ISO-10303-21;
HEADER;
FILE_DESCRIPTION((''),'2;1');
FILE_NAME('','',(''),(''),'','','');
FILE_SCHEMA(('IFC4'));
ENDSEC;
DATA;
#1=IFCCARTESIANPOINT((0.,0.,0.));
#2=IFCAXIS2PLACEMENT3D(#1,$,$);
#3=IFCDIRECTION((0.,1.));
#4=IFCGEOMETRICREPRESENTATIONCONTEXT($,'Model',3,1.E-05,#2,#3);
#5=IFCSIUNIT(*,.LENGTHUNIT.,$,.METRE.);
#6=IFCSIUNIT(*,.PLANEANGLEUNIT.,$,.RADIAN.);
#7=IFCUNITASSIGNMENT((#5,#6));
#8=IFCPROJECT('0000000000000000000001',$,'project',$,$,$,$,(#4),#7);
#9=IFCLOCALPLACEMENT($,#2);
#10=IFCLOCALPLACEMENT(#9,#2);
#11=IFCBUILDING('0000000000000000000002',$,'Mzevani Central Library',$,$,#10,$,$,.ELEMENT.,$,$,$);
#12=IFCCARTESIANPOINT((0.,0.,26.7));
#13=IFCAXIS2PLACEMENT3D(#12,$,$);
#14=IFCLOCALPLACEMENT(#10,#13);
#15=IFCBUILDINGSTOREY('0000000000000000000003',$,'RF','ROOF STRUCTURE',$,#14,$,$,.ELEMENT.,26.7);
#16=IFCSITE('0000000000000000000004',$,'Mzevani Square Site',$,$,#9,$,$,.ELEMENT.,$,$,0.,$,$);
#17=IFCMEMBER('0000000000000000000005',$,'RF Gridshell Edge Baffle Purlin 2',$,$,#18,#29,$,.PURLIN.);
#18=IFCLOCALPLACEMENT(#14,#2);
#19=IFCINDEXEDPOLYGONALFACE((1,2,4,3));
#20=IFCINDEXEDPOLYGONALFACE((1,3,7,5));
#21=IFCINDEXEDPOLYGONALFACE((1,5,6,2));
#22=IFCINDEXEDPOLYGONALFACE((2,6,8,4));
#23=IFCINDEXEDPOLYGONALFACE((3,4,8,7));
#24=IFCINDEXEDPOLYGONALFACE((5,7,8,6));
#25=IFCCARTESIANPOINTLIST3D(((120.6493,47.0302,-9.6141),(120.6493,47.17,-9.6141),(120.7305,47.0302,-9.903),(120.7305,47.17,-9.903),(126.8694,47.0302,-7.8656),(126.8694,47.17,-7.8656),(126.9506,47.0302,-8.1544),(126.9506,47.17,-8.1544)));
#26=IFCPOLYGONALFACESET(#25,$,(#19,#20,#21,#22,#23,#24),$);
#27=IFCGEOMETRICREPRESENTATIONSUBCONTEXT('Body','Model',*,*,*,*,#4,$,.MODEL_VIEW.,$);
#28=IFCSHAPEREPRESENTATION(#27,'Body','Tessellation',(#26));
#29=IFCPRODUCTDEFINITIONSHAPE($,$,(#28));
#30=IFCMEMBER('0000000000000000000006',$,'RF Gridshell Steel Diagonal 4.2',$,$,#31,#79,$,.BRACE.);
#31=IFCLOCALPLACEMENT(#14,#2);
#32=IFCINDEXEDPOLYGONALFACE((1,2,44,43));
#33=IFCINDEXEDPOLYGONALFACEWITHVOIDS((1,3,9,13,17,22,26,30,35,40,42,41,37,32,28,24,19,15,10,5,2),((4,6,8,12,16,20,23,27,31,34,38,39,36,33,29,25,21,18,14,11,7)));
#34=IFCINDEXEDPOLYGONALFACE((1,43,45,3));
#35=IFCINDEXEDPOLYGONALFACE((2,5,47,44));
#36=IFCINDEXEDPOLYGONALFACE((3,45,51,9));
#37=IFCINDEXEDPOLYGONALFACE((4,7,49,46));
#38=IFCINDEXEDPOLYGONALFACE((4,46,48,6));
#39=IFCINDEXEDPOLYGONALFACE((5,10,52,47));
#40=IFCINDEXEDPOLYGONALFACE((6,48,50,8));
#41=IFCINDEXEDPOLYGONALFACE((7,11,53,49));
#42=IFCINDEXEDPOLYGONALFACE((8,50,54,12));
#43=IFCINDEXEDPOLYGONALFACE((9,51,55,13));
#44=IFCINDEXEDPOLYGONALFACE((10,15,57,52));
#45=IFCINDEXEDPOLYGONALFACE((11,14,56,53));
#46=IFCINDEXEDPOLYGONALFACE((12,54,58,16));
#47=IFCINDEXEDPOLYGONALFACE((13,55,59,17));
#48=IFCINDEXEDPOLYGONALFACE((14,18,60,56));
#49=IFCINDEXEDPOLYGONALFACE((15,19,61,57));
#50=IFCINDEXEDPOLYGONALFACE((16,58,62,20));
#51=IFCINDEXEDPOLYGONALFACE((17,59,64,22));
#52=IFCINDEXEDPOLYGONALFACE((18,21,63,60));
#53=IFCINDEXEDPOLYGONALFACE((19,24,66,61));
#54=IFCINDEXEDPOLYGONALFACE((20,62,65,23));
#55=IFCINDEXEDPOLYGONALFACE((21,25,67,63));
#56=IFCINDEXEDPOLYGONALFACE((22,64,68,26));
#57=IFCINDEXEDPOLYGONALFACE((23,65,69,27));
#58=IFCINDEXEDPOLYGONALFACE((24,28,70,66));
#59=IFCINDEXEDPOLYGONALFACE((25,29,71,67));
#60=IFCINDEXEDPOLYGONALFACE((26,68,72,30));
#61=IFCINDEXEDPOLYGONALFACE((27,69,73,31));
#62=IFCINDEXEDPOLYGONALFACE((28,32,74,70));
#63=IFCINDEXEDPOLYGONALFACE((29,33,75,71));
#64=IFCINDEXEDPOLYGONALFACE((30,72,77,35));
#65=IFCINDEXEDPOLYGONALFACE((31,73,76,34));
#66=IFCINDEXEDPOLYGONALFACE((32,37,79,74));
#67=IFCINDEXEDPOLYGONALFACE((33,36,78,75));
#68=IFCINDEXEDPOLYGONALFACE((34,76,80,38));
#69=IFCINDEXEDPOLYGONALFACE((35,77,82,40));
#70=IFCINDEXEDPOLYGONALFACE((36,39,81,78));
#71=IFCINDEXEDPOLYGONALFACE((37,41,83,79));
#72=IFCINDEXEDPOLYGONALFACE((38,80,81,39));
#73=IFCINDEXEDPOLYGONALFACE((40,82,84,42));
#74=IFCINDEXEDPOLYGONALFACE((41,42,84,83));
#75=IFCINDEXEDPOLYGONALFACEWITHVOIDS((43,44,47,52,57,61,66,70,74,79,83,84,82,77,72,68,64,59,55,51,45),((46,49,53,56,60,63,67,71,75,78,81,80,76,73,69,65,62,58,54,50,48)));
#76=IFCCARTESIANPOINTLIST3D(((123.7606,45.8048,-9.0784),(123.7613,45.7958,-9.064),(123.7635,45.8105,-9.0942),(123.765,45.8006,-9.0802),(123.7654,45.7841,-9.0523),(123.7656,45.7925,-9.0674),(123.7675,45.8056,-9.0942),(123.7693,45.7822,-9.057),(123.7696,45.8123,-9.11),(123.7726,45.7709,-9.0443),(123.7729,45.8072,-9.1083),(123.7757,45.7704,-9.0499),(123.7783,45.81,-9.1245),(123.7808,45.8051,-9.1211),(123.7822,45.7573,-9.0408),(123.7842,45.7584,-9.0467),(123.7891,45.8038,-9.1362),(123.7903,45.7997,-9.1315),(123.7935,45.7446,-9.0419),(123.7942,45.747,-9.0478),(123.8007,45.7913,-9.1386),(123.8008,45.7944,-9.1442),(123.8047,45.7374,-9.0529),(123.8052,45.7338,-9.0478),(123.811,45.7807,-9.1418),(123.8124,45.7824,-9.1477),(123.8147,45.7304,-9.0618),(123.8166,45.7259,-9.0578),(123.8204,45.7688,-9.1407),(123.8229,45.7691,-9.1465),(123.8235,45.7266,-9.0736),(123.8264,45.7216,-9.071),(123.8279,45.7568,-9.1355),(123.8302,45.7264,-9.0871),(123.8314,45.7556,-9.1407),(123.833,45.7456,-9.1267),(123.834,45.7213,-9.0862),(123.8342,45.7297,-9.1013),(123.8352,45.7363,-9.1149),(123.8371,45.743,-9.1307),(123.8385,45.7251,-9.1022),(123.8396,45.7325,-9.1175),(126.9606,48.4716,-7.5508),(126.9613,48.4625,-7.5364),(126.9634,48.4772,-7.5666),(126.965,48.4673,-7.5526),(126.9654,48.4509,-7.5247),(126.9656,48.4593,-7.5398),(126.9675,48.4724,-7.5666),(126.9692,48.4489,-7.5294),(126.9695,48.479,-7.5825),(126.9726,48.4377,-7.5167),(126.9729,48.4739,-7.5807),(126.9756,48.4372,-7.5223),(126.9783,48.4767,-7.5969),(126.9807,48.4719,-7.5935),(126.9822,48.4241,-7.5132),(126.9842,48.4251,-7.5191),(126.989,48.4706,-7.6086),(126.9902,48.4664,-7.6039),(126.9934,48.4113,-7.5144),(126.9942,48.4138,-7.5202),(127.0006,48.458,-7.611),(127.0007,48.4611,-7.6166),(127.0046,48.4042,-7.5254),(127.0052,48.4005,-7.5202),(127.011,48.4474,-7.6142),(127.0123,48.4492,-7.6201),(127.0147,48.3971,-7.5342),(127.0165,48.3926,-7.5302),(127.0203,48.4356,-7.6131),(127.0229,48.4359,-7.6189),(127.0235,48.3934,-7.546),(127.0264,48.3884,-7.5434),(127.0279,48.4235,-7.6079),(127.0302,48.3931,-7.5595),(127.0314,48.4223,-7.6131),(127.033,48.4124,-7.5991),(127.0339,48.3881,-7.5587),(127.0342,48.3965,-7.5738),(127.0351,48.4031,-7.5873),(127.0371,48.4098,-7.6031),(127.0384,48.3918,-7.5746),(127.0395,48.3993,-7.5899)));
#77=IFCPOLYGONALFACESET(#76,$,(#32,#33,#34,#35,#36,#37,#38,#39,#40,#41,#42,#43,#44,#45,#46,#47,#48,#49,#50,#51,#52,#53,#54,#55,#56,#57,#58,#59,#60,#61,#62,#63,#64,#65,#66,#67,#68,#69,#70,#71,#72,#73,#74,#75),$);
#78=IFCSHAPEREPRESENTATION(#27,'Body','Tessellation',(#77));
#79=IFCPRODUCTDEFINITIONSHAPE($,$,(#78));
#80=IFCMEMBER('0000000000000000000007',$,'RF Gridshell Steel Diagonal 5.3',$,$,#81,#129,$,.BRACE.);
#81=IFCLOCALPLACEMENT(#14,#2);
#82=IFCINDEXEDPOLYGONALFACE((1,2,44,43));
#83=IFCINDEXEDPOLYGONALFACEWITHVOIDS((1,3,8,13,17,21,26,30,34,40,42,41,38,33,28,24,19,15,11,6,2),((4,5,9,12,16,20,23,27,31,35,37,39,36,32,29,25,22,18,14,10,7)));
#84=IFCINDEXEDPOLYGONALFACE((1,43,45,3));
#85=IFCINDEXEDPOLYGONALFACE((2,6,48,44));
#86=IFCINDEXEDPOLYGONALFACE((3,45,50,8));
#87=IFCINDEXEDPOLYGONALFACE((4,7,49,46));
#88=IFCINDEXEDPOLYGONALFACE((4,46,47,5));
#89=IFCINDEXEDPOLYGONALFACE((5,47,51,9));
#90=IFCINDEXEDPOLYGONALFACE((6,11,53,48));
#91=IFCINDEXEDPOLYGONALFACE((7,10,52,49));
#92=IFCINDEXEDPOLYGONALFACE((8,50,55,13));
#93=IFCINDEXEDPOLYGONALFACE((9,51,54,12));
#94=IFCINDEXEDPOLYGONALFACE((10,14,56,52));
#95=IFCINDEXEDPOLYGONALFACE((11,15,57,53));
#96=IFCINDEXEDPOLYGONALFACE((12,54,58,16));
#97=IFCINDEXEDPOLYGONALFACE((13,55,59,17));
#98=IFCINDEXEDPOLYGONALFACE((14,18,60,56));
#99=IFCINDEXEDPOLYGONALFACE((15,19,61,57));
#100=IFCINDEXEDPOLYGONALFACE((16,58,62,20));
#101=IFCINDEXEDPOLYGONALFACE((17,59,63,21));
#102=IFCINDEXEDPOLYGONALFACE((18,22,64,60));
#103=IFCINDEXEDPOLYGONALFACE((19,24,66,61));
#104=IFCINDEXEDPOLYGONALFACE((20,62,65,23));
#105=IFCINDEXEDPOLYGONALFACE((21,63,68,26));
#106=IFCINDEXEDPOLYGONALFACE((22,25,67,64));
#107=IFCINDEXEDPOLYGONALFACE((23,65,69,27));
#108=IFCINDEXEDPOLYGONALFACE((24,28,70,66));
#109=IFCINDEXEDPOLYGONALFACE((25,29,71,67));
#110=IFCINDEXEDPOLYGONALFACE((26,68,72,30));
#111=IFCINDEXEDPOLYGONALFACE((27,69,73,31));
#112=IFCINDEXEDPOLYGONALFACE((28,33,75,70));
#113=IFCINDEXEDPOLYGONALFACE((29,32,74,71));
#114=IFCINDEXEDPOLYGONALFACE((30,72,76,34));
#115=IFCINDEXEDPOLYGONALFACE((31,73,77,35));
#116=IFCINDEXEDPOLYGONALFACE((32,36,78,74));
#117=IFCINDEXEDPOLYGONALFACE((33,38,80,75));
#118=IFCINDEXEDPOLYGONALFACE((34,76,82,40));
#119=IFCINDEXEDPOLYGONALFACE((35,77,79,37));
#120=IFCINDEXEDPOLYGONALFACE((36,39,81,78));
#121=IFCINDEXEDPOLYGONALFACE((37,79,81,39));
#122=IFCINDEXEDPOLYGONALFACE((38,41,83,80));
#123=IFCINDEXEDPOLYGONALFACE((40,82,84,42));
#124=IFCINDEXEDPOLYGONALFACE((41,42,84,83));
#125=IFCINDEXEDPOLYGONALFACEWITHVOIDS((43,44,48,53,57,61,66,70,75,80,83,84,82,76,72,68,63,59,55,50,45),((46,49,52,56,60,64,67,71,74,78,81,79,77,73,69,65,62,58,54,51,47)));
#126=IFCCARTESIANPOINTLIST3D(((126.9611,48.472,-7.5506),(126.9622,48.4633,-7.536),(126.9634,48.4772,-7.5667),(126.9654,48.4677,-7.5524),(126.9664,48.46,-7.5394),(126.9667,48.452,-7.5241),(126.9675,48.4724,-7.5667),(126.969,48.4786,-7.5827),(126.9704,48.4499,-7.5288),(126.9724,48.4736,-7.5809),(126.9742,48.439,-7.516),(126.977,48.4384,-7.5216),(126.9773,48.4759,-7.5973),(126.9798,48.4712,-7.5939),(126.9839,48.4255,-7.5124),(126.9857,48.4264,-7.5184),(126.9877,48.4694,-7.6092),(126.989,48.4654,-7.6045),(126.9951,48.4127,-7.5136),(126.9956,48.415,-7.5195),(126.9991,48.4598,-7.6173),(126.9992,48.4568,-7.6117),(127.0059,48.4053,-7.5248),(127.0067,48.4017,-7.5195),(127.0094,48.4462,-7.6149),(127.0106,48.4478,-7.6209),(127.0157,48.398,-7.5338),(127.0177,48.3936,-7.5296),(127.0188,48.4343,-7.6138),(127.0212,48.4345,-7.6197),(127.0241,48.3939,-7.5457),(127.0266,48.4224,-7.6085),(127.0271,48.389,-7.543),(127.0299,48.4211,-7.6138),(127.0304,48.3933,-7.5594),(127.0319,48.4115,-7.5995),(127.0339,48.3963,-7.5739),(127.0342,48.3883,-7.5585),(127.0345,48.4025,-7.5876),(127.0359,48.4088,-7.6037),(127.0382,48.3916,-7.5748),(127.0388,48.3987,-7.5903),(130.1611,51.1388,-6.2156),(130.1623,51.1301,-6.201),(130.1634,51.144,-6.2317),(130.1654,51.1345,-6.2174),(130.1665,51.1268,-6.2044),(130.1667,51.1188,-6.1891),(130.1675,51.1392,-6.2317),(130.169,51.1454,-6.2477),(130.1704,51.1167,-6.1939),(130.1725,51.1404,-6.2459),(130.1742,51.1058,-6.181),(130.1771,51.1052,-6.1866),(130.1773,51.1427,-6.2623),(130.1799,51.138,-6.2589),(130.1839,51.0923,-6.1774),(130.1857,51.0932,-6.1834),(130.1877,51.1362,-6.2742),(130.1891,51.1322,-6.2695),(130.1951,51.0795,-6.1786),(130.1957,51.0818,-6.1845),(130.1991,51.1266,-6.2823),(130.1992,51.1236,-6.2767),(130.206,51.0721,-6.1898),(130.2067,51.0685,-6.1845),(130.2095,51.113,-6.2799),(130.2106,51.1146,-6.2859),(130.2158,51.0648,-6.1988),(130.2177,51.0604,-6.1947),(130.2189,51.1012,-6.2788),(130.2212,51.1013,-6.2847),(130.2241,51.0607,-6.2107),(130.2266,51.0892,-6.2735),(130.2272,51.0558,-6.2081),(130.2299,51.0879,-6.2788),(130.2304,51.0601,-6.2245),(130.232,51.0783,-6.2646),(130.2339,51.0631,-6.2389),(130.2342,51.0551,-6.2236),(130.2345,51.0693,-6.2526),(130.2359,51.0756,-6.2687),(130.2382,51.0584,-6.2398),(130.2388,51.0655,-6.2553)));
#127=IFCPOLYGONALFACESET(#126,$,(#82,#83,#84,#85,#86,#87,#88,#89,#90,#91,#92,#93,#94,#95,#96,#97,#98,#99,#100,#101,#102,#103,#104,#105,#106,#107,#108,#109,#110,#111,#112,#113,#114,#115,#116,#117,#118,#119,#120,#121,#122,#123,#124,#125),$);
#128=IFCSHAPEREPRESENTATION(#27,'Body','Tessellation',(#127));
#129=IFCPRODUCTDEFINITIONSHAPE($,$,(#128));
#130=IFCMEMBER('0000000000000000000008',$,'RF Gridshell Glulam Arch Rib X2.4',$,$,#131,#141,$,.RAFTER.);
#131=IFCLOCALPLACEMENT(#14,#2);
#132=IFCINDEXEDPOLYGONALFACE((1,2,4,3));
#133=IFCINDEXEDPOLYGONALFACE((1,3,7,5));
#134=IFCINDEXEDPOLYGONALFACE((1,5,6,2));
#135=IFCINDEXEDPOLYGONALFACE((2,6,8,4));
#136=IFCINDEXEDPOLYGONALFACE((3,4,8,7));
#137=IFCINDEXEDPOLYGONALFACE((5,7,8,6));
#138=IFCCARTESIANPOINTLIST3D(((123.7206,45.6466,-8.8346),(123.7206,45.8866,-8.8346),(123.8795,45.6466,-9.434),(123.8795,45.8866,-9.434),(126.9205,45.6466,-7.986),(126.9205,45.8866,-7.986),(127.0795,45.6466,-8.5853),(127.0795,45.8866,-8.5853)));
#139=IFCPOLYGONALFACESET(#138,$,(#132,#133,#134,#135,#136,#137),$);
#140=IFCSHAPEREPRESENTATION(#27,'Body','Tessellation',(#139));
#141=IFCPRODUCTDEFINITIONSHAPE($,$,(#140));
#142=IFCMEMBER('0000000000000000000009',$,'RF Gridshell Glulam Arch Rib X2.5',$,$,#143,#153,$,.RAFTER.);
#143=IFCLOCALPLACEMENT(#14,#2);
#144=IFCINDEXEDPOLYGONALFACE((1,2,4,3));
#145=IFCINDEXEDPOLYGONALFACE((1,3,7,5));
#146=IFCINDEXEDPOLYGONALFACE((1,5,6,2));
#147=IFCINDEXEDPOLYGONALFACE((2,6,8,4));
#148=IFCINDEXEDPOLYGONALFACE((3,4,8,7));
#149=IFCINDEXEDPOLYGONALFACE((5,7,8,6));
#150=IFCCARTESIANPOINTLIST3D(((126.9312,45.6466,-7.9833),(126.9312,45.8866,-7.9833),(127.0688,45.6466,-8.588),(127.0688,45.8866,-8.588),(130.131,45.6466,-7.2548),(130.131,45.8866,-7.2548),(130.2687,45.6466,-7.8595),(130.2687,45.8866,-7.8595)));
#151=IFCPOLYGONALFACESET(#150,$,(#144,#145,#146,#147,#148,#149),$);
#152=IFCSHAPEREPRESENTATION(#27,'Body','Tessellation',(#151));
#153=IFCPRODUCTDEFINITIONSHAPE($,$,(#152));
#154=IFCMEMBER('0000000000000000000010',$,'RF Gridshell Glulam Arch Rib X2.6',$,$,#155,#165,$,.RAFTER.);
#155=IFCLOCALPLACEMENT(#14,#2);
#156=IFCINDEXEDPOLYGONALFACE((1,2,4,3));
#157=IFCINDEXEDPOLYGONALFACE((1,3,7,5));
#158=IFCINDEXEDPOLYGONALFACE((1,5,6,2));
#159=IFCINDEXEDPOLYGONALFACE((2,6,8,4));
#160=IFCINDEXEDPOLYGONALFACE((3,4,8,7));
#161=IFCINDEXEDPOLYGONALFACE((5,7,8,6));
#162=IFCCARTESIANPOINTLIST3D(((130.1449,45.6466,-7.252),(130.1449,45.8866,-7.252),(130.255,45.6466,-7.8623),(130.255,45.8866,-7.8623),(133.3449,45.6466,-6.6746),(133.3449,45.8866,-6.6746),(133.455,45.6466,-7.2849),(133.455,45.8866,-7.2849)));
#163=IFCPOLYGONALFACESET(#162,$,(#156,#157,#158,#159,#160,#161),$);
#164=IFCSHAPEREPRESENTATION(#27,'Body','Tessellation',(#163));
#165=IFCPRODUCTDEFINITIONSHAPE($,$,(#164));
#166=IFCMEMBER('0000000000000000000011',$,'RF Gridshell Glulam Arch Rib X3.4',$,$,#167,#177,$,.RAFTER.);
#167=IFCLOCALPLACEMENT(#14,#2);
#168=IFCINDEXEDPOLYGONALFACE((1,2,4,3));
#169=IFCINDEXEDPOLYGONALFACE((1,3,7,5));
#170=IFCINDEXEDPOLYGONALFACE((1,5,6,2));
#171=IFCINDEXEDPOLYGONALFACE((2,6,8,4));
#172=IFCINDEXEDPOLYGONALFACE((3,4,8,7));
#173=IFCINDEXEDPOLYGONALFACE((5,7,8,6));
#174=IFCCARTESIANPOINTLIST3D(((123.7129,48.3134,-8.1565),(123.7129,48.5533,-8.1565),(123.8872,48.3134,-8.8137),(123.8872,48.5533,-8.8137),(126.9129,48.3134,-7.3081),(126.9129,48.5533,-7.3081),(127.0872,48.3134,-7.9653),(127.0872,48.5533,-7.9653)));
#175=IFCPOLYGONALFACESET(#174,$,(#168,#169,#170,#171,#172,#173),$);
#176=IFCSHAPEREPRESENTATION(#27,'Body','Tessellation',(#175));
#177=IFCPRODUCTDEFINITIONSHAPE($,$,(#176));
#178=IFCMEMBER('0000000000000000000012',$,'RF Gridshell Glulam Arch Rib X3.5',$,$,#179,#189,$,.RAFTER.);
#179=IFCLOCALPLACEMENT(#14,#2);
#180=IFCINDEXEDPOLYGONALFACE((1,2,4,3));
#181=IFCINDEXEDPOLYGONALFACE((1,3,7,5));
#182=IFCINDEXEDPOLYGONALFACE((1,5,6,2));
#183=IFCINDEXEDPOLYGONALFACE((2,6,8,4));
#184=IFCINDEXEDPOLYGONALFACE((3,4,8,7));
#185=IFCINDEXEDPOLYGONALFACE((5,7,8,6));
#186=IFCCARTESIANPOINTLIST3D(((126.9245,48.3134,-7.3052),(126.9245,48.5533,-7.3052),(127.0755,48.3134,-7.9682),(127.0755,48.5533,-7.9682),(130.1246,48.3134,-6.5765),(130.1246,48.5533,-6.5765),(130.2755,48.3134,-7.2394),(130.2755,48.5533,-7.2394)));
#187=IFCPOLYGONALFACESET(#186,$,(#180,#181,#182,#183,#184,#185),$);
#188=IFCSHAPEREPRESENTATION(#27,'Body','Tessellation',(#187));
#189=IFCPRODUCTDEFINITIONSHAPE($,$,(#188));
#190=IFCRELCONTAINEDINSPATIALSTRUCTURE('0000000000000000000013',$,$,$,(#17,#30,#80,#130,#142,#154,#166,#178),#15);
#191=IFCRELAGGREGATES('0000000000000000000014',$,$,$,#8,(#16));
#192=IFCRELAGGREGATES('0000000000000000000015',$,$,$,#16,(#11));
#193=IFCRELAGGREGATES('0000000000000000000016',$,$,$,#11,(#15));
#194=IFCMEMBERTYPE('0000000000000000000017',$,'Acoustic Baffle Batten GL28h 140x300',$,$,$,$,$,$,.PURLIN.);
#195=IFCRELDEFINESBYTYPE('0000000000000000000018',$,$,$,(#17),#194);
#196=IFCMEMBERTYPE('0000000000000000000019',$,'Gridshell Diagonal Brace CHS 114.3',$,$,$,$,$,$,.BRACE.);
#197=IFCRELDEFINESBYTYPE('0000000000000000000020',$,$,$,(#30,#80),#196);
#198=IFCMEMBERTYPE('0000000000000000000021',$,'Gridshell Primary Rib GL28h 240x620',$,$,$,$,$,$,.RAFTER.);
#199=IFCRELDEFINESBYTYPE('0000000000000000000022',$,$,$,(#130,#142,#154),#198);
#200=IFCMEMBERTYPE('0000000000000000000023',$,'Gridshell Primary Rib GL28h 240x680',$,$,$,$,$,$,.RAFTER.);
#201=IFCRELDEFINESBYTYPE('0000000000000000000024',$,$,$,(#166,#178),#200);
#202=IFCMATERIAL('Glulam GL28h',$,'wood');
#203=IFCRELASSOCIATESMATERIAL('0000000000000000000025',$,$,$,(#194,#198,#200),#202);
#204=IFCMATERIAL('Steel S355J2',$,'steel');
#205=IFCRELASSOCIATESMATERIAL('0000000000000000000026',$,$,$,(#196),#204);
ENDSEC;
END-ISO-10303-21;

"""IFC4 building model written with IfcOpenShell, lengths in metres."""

from ifc_helpers import new_model, si_unit, direction, frame, origin, origin_2d, place, context, subcontext, project, spatial, rectangle, hollow_circle, extrude, material, material_profile, profile_set, type_object, element, save


model = new_model("IFC4")

# Units and contexts
model_context = context("Model", 3, precision=1e-05, world=origin(), true_north=direction((0.0, 1.0)))
body_context = subcontext(model_context, "Body", "Model", "MODEL_VIEW")
ifc_project = project(units=[si_unit("LENGTHUNIT", "METRE"), si_unit("PLANEANGLEUNIT", "RADIAN")], contexts=[model_context])

# Site, building, storey
site_placement = place(None, origin())
site = spatial("IfcSite", under=ifc_project, at=site_placement, Name="Mzevani Square Site", CompositionType="ELEMENT", RefElevation=0.0)
building_placement = place(site_placement, origin())
building = spatial("IfcBuilding", under=site, at=building_placement, Name="Mzevani Central Library", CompositionType="ELEMENT")
storey_placement = place(building_placement, frame((0.0, 0.0, 26.7)))
storey = spatial("IfcBuildingStorey", under=building, at=storey_placement, Name="RF", Description="ROOF STRUCTURE", CompositionType="ELEMENT", Elevation=26.7)

# Members
ifc_material_1 = material(Name="Glulam GL28h", Category="wood")
ifc_material_profile_1 = material_profile(ifc_material_1, rectangle(XDim=0.1399, YDim=0.3, at=origin_2d()), Name="GL28h 140x300")
ifc_profile_set_1 = profile_set([ifc_material_profile_1], Name="Glulam GL28h")
member_type_1 = type_object("IfcMemberType", Name="Acoustic Baffle Batten GL28h 140x300", PredefinedType="PURLIN", material=ifc_profile_set_1)
member_1_placement = place(storey_placement, frame((120.6899, 47.1001, -9.7585), z_axis=(0.962684, 0.0, 0.270626), x_axis=(0.0, 1.0, 0.0)))
element("IfcMember", 1, at=member_1_placement, inside=storey, type_object=member_type_1, Name="RF Gridshell Edge Baffle Purlin 2", PredefinedType="PURLIN", context=body_context, shape_type="SweptSolid", body=[
    extrude(rectangle(XDim=0.1399, YDim=0.3, at=origin_2d()), origin(), (0.0, 0.0, 1.0), 6.4612),
])
ifc_material_2 = material(Name="Steel S355J2", Category="steel")
ifc_material_profile_2 = material_profile(ifc_material_2, hollow_circle(Radius=0.0571, WallThickness=0.0063, at=origin_2d()), Name="CHS 114.3x6.3")
ifc_profile_set_2 = profile_set([ifc_material_profile_2], Name="Steel S355J2")
member_type_2 = type_object("IfcMemberType", Name="Gridshell Diagonal Brace CHS 114.3", PredefinedType="BRACE", material=ifc_profile_set_2)
member_2_placement = place(storey_placement, frame((123.8, 45.7666, -9.0942), z_axis=(0.721238, 0.601059, 0.344303), x_axis=(-0.640202, 0.768207, 0.0)))
element("IfcMember", 2, at=member_2_placement, inside=storey, type_object=member_type_2, Name="RF Gridshell Steel Diagonal 4.2", PredefinedType="BRACE", context=body_context, shape_type="SweptSolid", body=[
    extrude(hollow_circle(Radius=0.0571, WallThickness=0.0063, at=origin_2d()), origin(), (0.0, 0.0, 1.0), 4.4368),
])
member_3_placement = place(storey_placement, frame((127.0, 48.4333, -7.5667), z_axis=(0.731556, 0.609658, 0.305192), x_axis=(-0.640202, 0.768207, 0.0)))
element("IfcMember", 3, at=member_3_placement, inside=storey, type_object=member_type_2, Name="RF Gridshell Steel Diagonal 5.3", PredefinedType="BRACE", context=body_context, shape_type="SweptSolid", body=[
    extrude(hollow_circle(Radius=0.0571, WallThickness=0.0063, at=origin_2d()), origin(), (0.0, 0.0, 1.0), 4.3743),
])
ifc_material_profile_3 = material_profile(ifc_material_1, rectangle(XDim=0.24, YDim=0.6201, at=origin_2d()), Name="GL28h 240x620")
ifc_profile_set_3 = profile_set([ifc_material_profile_3], Name="Glulam GL28h")
member_type_3 = type_object("IfcMemberType", Name="Gridshell Primary Rib GL28h 240x620", PredefinedType="RAFTER", material=ifc_profile_set_3)
member_4_placement = place(storey_placement, frame((123.8, 45.7666, -9.1343), z_axis=(0.966587, 0.0, 0.25634), x_axis=(0.0, 1.0, 0.0)))
element("IfcMember", 4, at=member_4_placement, inside=storey, type_object=member_type_3, Name="RF Gridshell Glulam Arch Rib X2.4", PredefinedType="RAFTER", context=body_context, shape_type="SweptSolid", body=[
    extrude(rectangle(XDim=0.24, YDim=0.6201, at=origin_2d()), origin(), (0.0, 0.0, 1.0), 3.3105),
])
member_5_placement = place(storey_placement, frame((127.0, 45.7666, -8.2856), z_axis=(0.97505, 0.0, 0.221984), x_axis=(0.0, 1.0, 0.0)))
element("IfcMember", 5, at=member_5_placement, inside=storey, type_object=member_type_3, Name="RF Gridshell Glulam Arch Rib X2.5", PredefinedType="RAFTER", context=body_context, shape_type="SweptSolid", body=[
    extrude(rectangle(XDim=0.24, YDim=0.6201, at=origin_2d()), origin(), (0.0, 0.0, 1.0), 3.2817),
])
member_6_placement = place(storey_placement, frame((130.2, 45.7666, -7.5571), z_axis=(0.984108, 0.0, 0.17757), x_axis=(0.0, 1.0, 0.0)))
element("IfcMember", 6, at=member_6_placement, inside=storey, type_object=member_type_3, Name="RF Gridshell Glulam Arch Rib X2.6", PredefinedType="RAFTER", context=body_context, shape_type="SweptSolid", body=[
    extrude(rectangle(XDim=0.24, YDim=0.6201, at=origin_2d()), origin(), (0.0, 0.0, 1.0), 3.2517),
])
ifc_material_profile_4 = material_profile(ifc_material_1, rectangle(XDim=0.24, YDim=0.6799, at=origin_2d()), Name="GL28h 240x680")
ifc_profile_set_4 = profile_set([ifc_material_profile_4], Name="Glulam GL28h")
member_type_4 = type_object("IfcMemberType", Name="Gridshell Primary Rib GL28h 240x680", PredefinedType="RAFTER", material=ifc_profile_set_4)
member_7_placement = place(storey_placement, frame((123.8, 48.4333, -8.4851), z_axis=(0.966605, 0.0, 0.256272), x_axis=(0.0, 1.0, 0.0)))
element("IfcMember", 7, at=member_7_placement, inside=storey, type_object=member_type_4, Name="RF Gridshell Glulam Arch Rib X3.4", PredefinedType="RAFTER", context=body_context, shape_type="SweptSolid", body=[
    extrude(rectangle(XDim=0.24, YDim=0.6799, at=origin_2d()), origin(), (0.0, 0.0, 1.0), 3.3105),
])
member_8_placement = place(storey_placement, frame((127.0, 48.4333, -7.6367), z_axis=(0.975034, 0.0, 0.222055), x_axis=(0.0, 1.0, 0.0)))
element("IfcMember", 8, at=member_8_placement, inside=storey, type_object=member_type_4, Name="RF Gridshell Glulam Arch Rib X3.5", PredefinedType="RAFTER", context=body_context, shape_type="SweptSolid", body=[
    extrude(rectangle(XDim=0.24, YDim=0.6799, at=origin_2d()), origin(), (0.0, 0.0, 1.0), 3.282),
])

save(model, "model.ifc")
